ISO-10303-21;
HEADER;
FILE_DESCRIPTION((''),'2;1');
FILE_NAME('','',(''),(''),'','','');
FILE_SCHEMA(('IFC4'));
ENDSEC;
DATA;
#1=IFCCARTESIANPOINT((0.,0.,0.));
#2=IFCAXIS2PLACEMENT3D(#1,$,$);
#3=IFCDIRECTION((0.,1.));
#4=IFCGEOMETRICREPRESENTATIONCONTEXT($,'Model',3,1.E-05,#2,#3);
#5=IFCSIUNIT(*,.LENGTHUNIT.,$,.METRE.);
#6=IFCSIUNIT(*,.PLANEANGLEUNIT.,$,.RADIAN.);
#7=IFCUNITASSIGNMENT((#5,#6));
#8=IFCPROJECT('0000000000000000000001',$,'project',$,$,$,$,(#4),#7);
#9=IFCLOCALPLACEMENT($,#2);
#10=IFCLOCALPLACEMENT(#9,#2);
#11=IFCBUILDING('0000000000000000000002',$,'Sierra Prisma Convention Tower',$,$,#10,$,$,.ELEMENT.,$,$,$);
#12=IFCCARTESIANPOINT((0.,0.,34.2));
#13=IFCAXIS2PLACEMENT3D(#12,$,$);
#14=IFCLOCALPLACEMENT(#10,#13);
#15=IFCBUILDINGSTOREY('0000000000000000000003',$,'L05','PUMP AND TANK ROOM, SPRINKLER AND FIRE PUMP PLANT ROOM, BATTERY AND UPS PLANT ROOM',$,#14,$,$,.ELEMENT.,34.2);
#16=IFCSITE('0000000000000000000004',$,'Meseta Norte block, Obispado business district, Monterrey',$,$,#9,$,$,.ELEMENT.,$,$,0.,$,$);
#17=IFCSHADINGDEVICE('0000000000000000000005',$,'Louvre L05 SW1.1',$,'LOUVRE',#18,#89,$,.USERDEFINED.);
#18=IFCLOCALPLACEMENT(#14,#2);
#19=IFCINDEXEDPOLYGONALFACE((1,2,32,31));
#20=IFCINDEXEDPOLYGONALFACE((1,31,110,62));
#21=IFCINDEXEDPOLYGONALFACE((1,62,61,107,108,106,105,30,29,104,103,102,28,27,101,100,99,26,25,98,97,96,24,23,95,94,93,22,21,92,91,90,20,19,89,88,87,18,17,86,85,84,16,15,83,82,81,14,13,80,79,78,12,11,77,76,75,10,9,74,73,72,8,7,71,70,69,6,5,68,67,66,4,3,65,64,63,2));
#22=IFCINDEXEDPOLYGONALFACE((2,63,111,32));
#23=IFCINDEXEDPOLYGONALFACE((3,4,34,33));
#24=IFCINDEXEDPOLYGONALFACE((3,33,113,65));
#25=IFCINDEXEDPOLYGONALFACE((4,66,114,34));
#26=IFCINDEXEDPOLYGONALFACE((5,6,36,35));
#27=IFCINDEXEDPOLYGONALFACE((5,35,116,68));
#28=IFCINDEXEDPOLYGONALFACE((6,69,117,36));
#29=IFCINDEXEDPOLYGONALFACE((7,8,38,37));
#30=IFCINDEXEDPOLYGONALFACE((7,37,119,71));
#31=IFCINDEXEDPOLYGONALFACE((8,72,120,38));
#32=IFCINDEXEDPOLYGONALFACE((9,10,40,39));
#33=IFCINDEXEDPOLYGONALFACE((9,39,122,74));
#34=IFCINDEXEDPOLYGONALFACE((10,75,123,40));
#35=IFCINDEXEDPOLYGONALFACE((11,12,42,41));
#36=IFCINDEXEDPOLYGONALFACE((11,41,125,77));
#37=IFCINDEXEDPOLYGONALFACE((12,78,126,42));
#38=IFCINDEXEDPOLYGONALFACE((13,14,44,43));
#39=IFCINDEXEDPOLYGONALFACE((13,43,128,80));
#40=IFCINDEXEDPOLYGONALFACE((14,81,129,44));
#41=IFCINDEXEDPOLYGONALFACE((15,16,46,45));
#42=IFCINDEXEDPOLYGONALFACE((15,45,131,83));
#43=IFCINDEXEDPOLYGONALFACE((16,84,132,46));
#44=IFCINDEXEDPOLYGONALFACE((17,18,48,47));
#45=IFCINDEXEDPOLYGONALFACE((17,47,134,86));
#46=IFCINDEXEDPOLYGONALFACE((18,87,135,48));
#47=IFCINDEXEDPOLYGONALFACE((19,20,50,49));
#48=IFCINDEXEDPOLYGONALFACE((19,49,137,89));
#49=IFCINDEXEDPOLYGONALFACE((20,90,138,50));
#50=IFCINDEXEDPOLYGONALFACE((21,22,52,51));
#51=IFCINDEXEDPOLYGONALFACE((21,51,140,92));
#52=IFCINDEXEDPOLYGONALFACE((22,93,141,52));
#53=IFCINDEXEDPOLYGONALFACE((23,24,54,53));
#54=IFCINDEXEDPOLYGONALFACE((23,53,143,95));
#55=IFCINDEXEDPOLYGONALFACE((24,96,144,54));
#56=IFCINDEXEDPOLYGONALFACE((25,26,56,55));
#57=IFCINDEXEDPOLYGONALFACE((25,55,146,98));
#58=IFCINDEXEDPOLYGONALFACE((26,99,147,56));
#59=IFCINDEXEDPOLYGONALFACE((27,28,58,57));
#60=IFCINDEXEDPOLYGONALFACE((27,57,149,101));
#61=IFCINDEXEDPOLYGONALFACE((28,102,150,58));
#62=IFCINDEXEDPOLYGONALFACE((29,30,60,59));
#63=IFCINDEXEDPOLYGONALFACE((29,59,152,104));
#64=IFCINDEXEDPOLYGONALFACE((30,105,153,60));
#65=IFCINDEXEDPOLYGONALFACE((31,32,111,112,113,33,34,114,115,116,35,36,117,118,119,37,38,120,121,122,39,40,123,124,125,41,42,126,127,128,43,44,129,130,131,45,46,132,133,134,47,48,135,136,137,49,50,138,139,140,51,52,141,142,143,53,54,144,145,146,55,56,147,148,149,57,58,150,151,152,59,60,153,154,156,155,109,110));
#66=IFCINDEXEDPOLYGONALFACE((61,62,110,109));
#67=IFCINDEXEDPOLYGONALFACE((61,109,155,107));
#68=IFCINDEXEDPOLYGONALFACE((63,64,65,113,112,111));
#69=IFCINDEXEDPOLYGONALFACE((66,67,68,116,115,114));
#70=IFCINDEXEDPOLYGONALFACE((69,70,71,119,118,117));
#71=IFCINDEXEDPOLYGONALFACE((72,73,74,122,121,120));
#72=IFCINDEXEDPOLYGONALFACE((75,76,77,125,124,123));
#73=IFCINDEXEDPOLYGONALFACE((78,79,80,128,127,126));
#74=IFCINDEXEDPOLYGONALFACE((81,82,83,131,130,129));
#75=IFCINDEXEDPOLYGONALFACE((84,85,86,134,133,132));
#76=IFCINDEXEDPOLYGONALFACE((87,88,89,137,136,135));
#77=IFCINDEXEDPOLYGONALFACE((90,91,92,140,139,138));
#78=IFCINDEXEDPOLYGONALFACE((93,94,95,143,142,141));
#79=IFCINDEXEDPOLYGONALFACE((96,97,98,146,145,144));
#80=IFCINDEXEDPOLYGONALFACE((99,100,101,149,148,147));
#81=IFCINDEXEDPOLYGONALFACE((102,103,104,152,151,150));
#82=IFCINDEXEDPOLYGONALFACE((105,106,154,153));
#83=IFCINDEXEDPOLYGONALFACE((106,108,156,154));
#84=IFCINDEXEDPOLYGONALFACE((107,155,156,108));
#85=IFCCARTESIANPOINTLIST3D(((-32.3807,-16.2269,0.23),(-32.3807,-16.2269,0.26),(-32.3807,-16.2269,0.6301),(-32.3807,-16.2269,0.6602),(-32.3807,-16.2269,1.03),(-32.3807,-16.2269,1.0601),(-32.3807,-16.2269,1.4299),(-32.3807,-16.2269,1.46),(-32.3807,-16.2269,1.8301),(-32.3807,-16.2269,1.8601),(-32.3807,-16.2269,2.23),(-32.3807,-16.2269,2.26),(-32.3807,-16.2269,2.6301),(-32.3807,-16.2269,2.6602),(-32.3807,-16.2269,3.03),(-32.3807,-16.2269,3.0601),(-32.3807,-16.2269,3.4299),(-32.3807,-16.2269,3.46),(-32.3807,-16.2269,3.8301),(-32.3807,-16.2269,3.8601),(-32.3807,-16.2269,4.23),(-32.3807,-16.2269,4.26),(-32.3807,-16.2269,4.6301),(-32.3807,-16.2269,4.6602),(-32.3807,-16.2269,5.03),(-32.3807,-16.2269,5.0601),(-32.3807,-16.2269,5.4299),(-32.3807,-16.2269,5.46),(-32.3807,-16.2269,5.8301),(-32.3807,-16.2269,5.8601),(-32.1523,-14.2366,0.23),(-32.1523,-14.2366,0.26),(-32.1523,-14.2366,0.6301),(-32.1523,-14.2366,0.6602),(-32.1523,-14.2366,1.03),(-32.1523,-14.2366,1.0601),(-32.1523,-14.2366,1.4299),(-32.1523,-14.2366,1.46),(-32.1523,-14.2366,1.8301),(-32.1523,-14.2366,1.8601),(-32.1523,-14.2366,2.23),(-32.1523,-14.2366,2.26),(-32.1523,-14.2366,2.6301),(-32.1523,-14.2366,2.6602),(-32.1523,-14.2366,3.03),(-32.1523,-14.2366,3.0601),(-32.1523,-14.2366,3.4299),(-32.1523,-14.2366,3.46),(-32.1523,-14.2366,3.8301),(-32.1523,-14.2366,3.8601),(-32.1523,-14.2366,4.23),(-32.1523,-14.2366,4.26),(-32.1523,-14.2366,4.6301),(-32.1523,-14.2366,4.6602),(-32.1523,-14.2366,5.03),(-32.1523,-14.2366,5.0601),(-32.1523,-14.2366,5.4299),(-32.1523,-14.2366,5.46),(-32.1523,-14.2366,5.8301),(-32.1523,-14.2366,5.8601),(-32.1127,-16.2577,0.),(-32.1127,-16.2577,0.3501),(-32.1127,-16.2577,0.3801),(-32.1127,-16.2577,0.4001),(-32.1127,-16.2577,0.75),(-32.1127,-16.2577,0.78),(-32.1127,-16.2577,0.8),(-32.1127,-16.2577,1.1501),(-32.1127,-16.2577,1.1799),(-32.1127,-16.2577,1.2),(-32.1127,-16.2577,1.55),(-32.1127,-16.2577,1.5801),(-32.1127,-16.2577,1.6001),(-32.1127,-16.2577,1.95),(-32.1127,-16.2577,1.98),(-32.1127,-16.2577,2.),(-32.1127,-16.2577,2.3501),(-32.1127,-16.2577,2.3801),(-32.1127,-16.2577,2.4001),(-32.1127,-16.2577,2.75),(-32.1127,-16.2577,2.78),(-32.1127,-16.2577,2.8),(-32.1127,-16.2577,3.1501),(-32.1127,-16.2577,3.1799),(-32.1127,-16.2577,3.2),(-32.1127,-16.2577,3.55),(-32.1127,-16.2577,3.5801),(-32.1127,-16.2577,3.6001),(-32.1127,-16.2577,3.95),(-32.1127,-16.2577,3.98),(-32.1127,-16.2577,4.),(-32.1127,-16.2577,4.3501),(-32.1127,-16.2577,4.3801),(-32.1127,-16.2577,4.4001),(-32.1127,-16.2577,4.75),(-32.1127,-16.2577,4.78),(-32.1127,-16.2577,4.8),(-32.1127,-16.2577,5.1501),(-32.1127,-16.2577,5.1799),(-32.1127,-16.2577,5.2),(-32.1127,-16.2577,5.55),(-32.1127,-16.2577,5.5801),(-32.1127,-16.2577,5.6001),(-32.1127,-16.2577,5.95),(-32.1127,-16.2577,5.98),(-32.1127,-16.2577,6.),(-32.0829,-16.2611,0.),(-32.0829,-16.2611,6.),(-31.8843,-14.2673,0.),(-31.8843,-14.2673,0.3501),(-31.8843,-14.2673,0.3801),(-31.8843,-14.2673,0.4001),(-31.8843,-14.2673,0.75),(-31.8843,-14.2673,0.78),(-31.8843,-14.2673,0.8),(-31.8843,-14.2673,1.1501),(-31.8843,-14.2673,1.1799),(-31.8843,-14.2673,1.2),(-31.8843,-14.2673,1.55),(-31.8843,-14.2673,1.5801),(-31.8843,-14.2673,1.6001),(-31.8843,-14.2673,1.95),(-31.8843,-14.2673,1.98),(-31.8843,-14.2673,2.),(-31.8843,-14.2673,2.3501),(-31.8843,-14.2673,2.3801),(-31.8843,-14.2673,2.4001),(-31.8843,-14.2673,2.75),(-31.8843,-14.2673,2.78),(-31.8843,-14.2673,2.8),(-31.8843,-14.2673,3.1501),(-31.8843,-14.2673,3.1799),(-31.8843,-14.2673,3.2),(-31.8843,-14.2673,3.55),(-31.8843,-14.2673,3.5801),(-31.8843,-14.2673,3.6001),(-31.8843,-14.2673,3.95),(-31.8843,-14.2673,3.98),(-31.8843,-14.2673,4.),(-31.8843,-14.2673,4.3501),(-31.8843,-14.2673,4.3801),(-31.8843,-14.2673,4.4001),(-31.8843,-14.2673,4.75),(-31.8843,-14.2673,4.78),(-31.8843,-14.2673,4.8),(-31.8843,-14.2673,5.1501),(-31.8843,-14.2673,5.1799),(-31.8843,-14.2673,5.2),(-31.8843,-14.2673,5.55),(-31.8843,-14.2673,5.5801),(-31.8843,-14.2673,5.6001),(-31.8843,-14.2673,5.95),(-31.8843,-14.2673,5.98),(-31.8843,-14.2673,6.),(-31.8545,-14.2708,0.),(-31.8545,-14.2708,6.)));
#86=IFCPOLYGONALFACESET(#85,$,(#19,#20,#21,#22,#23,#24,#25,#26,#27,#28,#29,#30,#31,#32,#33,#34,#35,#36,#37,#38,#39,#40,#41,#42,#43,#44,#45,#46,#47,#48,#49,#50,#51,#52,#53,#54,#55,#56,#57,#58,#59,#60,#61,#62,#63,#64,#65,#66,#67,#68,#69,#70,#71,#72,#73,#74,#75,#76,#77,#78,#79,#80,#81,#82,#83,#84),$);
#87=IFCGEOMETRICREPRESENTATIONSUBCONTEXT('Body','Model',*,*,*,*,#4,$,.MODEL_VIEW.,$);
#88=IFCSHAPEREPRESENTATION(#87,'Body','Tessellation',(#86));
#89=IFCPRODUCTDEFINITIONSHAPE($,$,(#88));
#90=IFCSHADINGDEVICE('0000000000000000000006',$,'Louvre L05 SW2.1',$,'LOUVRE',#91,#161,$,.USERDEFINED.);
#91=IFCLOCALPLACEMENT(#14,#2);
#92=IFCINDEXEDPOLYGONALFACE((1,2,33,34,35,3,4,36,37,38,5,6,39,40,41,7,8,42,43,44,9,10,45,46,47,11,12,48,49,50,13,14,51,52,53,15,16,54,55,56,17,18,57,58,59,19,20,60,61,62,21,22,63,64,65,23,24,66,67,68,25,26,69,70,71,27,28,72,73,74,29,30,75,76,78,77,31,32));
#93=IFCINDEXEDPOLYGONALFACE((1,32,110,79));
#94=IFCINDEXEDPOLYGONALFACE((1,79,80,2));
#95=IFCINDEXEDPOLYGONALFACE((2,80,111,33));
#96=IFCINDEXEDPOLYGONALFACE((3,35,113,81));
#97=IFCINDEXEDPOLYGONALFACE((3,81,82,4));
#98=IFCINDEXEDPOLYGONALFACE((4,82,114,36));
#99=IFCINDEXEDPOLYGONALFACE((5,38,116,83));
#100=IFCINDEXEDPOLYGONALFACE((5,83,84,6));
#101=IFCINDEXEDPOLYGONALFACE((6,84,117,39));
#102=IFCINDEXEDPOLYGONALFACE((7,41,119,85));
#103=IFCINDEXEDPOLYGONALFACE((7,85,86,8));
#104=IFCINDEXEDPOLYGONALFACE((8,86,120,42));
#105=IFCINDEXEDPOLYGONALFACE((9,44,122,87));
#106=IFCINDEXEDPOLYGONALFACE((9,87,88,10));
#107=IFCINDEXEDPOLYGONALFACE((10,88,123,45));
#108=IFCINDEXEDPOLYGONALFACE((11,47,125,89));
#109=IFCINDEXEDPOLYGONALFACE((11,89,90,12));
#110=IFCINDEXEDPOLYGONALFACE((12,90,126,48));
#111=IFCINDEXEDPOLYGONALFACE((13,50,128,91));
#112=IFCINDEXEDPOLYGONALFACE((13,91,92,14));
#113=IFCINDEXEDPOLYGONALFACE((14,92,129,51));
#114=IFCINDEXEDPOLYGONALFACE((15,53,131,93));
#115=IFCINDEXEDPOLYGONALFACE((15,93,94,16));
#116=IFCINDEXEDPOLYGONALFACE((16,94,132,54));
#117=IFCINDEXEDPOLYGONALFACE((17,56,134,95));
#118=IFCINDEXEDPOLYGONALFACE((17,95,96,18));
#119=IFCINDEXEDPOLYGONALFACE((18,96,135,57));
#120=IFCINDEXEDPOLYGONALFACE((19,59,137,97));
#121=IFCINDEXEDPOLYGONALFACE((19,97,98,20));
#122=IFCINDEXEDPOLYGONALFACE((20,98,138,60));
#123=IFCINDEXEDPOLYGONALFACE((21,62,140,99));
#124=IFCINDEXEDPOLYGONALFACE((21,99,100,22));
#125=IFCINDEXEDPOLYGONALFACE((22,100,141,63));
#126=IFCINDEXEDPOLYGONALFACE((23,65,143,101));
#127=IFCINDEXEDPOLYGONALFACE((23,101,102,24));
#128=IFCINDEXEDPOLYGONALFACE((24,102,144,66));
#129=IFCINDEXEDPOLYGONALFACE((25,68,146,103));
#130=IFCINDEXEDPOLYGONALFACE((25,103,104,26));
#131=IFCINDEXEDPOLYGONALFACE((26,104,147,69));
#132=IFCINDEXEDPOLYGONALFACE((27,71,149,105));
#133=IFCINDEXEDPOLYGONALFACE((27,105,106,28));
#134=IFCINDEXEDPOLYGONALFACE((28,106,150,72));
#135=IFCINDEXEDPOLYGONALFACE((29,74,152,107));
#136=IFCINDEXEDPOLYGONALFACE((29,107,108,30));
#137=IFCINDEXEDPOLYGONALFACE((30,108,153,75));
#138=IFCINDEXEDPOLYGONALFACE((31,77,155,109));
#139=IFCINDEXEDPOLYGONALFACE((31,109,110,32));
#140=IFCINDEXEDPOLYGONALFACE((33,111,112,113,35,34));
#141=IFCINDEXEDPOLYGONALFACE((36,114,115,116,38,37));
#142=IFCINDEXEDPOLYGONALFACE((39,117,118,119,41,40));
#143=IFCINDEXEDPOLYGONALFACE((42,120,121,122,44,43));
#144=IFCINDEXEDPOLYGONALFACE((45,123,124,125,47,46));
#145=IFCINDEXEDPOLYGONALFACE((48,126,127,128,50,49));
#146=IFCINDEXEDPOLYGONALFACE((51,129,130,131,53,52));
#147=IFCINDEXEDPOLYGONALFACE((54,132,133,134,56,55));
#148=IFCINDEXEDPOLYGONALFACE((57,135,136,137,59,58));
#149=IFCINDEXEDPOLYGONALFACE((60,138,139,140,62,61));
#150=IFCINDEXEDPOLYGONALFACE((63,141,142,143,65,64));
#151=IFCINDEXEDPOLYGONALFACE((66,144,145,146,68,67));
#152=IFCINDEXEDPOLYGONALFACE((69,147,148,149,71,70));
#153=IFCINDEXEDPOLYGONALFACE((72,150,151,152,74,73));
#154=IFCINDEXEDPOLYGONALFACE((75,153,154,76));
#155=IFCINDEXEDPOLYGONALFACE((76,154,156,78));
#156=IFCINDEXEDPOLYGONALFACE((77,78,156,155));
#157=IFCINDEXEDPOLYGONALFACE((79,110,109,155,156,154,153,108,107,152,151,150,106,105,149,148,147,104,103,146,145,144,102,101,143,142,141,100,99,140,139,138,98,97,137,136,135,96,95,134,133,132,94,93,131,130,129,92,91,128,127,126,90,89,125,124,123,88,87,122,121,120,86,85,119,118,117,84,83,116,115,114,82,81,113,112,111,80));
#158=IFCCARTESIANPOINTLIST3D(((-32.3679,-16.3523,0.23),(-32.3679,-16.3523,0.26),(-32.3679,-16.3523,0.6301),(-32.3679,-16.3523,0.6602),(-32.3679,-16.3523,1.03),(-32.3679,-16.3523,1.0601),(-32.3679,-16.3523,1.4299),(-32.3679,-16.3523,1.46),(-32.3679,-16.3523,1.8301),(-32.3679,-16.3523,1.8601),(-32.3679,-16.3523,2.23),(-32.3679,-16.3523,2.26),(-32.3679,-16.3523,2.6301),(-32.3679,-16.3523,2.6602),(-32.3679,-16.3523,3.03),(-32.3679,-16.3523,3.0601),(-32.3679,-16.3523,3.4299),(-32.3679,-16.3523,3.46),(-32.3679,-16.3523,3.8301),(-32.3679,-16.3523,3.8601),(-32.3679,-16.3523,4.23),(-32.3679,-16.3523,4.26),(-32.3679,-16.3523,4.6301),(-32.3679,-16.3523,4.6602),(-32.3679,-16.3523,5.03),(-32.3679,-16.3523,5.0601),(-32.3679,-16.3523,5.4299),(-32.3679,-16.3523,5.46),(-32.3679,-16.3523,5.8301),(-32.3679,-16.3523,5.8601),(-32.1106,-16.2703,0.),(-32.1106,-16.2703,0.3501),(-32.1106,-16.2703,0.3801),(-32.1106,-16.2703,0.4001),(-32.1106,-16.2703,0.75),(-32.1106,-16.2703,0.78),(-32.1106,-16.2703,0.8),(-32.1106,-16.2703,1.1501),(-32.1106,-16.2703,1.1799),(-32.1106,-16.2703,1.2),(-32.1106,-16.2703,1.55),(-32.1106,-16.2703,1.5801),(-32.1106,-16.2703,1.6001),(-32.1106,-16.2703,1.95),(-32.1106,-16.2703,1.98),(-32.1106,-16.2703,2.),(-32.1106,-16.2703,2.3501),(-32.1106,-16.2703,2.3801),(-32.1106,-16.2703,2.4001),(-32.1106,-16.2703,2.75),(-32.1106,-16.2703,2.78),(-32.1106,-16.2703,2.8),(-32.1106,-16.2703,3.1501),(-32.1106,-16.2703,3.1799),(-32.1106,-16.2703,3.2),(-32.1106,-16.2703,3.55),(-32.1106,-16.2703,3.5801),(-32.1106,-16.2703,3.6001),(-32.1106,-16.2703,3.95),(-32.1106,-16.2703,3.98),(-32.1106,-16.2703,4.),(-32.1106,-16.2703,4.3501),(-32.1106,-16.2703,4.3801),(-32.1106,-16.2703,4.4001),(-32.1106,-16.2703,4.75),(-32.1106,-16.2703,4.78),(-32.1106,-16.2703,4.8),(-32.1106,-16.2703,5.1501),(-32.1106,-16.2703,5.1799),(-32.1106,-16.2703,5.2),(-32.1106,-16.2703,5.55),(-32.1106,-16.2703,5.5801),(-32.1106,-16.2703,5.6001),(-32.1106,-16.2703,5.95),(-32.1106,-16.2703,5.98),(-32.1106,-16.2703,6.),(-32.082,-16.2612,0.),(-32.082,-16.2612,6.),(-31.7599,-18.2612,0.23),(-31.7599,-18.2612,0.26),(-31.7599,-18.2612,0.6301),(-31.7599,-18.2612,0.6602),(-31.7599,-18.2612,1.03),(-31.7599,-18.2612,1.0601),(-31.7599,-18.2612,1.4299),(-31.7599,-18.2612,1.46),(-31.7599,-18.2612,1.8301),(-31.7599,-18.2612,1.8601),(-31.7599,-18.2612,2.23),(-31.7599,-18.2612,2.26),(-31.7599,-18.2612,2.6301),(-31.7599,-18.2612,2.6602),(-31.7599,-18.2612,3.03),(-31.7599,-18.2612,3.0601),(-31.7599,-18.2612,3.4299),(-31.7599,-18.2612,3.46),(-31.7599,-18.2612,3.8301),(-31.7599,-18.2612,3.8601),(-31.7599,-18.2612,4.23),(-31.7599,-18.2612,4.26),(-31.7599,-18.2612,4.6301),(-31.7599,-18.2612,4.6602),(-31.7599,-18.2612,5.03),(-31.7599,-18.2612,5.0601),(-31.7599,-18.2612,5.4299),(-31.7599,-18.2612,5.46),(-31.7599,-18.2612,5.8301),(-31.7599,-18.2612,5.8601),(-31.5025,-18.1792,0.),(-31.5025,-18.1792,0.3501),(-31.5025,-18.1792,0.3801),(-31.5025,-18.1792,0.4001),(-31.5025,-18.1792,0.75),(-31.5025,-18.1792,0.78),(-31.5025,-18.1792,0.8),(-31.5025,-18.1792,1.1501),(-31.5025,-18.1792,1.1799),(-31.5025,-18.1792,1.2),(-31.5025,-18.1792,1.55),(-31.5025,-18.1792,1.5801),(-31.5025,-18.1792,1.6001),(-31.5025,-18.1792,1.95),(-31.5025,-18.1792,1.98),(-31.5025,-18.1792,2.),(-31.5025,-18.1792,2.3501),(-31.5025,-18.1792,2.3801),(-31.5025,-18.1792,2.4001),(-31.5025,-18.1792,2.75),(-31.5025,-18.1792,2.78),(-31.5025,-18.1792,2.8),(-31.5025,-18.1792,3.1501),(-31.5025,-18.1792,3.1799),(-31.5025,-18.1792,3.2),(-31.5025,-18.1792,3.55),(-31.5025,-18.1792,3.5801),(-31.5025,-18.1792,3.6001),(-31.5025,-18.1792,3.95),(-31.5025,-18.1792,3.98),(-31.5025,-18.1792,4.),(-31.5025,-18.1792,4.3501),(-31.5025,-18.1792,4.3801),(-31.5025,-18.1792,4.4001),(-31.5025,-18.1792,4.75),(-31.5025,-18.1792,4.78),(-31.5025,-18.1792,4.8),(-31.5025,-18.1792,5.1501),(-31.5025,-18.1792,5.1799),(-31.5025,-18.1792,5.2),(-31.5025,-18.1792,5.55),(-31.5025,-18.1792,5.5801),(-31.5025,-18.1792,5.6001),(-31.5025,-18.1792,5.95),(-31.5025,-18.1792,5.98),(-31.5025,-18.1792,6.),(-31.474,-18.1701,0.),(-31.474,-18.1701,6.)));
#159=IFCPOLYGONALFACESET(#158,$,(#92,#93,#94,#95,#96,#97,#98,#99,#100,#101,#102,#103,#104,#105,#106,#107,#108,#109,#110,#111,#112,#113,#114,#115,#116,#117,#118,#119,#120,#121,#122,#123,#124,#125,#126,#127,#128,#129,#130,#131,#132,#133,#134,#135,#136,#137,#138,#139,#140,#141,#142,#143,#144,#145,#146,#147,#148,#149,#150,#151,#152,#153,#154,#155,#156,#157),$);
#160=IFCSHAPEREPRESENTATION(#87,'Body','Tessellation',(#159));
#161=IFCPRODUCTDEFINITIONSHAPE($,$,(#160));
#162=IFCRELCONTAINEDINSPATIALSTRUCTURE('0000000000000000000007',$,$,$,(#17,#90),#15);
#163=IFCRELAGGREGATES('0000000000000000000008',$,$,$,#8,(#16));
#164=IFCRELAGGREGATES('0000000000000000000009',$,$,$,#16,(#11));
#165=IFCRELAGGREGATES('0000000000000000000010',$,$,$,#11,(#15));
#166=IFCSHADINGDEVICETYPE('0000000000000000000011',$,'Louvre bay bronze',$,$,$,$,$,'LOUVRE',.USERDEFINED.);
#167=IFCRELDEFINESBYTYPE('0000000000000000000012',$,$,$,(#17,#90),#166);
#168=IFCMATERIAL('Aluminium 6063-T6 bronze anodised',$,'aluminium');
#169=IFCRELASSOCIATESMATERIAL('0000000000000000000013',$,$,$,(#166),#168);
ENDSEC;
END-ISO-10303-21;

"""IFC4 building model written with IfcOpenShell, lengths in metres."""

from ifc_helpers import new_model, si_unit, direction, frame, origin, place, context, subcontext, project, spatial, polyline, outline, extrude, material, type_object, element, save


model = new_model("IFC4")

# Units and contexts
model_context = context("Model", 3, precision=1e-05, world=origin(), true_north=direction((0.0, 1.0)))
body_context = subcontext(model_context, "Body", "Model", "MODEL_VIEW")
ifc_project = project(units=[si_unit("LENGTHUNIT", "METRE"), si_unit("PLANEANGLEUNIT", "RADIAN")], contexts=[model_context])

# Site, building, storey
site_placement = place(None, origin())
site = spatial("IfcSite", under=ifc_project, at=site_placement, Name="Meseta Norte block, Obispado business district, Monterrey", CompositionType="ELEMENT", RefElevation=0.0)
building_placement = place(site_placement, origin())
building = spatial("IfcBuilding", under=site, at=building_placement, Name="Sierra Prisma Convention Tower", CompositionType="ELEMENT")
storey_placement = place(building_placement, frame((0.0, 0.0, 34.2)))
storey = spatial("IfcBuildingStorey", under=building, at=storey_placement, Name="L05", Description="PUMP AND TANK ROOM, SPRINKLER AND FIRE PUMP PLANT ROOM, BATTERY AND UPS PLANT ROOM", CompositionType="ELEMENT", Elevation=34.2)

# Shading devices
ifc_material_1 = material(Name="Aluminium 6063-T6 bronze anodised", Category="aluminium")
shading_device_type = type_object("IfcShadingDeviceType", Name="Louvre bay bronze", ElementType="LOUVRE", PredefinedType="USERDEFINED", material=ifc_material_1)
shading_device_1_placement = place(storey_placement, frame((-31.8545, -14.2708, 0.0), z_axis=(0.114006, 0.99348, 0.0), x_axis=(0.0, 0.0, 1.0)))
element("IfcShadingDevice", 1, at=shading_device_1_placement, inside=storey, type_object=shading_device_type, Name="Louvre L05 SW1.1", ObjectType="LOUVRE", PredefinedType="USERDEFINED", context=body_context, shape_type="SweptSolid", body=[
    extrude(outline(polyline([(0.0, 0.0), (6.0, 0.0), (6.0, -0.03), (5.98, -0.03), (5.8601, -0.2998), (5.8301, -0.2998), (5.95, -0.03), (5.6001, -0.03), (5.5801, -0.03), (5.46, -0.2998), (5.4299, -0.2998), (5.55, -0.03), (5.2, -0.03), (5.1799, -0.03), (5.0601, -0.2998), (5.03, -0.2998), (5.1501, -0.03), (4.8, -0.03), (4.78, -0.03), (4.6602, -0.2998), (4.6301, -0.2998), (4.75, -0.03), (4.4001, -0.03), (4.3801, -0.03), (4.26, -0.2998), (4.23, -0.2998), (4.3501, -0.03), (4.0, -0.03), (3.98, -0.03), (3.8601, -0.2998), (3.8301, -0.2998), (3.95, -0.03), (3.6001, -0.03), (3.5801, -0.03), (3.46, -0.2998), (3.4299, -0.2998), (3.55, -0.03), (3.2, -0.03), (3.1799, -0.03), (3.0601, -0.2998), (3.03, -0.2998), (3.1501, -0.03), (2.8, -0.03), (2.78, -0.03), (2.6602, -0.2998), (2.6301, -0.2998), (2.75, -0.03), (2.4001, -0.03), (2.3801, -0.03), (2.26, -0.2998), (2.23, -0.2998), (2.3501, -0.03), (2.0, -0.03), (1.98, -0.03), (1.8601, -0.2998), (1.8301, -0.2998), (1.95, -0.03), (1.6001, -0.03), (1.5801, -0.03), (1.46, -0.2998), (1.4299, -0.2998), (1.55, -0.03), (1.2, -0.03), (1.1799, -0.03), (1.0601, -0.2998), (1.03, -0.2998), (1.1501, -0.03), (0.8, -0.03), (0.78, -0.03), (0.6602, -0.2998), (0.6301, -0.2998), (0.75, -0.03), (0.4001, -0.03), (0.3801, -0.03), (0.26, -0.2998), (0.23, -0.2998), (0.3501, -0.03), (0.0, -0.03), (0.0, 0.0)])), origin(), (0.0, 0.0, -1.0), 2.0034),
])
shading_device_2_placement = place(storey_placement, frame((-32.082, -16.2612, 0.0), z_axis=(-0.30351, 0.952828, 0.0), x_axis=(0.0, 0.0, 1.0)))
element("IfcShadingDevice", 2, at=shading_device_2_placement, inside=storey, type_object=shading_device_type, Name="Louvre L05 SW2.1", ObjectType="LOUVRE", PredefinedType="USERDEFINED", context=body_context, shape_type="SweptSolid", body=[
    extrude(outline(polyline([(0.0, 0.0), (6.0, 0.0), (6.0, -0.03), (5.98, -0.03), (5.8601, -0.3), (5.8301, -0.3), (5.95, -0.03), (5.6001, -0.03), (5.5801, -0.03), (5.46, -0.3), (5.4299, -0.3), (5.55, -0.03), (5.2, -0.03), (5.1799, -0.03), (5.0601, -0.3), (5.03, -0.3), (5.1501, -0.03), (4.8, -0.03), (4.78, -0.03), (4.6602, -0.3), (4.6301, -0.3), (4.75, -0.03), (4.4001, -0.03), (4.3801, -0.03), (4.26, -0.3), (4.23, -0.3), (4.3501, -0.03), (4.0, -0.03), (3.98, -0.03), (3.8601, -0.3), (3.8301, -0.3), (3.95, -0.03), (3.6001, -0.03), (3.5801, -0.03), (3.46, -0.3), (3.4299, -0.3), (3.55, -0.03), (3.2, -0.03), (3.1799, -0.03), (3.0601, -0.3), (3.03, -0.3), (3.1501, -0.03), (2.8, -0.03), (2.78, -0.03), (2.6602, -0.3), (2.6301, -0.3), (2.75, -0.03), (2.4001, -0.03), (2.3801, -0.03), (2.26, -0.3), (2.23, -0.3), (2.3501, -0.03), (2.0, -0.03), (1.98, -0.03), (1.8601, -0.3), (1.8301, -0.3), (1.95, -0.03), (1.6001, -0.03), (1.5801, -0.03), (1.46, -0.3), (1.4299, -0.3), (1.55, -0.03), (1.2, -0.03), (1.1799, -0.03), (1.0601, -0.3), (1.03, -0.3), (1.1501, -0.03), (0.8, -0.03), (0.78, -0.03), (0.6602, -0.3), (0.6301, -0.3), (0.75, -0.03), (0.4001, -0.03), (0.3801, -0.03), (0.26, -0.3), (0.23, -0.3), (0.3501, -0.03), (0.0, -0.03), (0.0, 0.0)])), origin(), (0.0, 0.0, -1.0), 2.0034),
])

save(model, "model.ifc")
